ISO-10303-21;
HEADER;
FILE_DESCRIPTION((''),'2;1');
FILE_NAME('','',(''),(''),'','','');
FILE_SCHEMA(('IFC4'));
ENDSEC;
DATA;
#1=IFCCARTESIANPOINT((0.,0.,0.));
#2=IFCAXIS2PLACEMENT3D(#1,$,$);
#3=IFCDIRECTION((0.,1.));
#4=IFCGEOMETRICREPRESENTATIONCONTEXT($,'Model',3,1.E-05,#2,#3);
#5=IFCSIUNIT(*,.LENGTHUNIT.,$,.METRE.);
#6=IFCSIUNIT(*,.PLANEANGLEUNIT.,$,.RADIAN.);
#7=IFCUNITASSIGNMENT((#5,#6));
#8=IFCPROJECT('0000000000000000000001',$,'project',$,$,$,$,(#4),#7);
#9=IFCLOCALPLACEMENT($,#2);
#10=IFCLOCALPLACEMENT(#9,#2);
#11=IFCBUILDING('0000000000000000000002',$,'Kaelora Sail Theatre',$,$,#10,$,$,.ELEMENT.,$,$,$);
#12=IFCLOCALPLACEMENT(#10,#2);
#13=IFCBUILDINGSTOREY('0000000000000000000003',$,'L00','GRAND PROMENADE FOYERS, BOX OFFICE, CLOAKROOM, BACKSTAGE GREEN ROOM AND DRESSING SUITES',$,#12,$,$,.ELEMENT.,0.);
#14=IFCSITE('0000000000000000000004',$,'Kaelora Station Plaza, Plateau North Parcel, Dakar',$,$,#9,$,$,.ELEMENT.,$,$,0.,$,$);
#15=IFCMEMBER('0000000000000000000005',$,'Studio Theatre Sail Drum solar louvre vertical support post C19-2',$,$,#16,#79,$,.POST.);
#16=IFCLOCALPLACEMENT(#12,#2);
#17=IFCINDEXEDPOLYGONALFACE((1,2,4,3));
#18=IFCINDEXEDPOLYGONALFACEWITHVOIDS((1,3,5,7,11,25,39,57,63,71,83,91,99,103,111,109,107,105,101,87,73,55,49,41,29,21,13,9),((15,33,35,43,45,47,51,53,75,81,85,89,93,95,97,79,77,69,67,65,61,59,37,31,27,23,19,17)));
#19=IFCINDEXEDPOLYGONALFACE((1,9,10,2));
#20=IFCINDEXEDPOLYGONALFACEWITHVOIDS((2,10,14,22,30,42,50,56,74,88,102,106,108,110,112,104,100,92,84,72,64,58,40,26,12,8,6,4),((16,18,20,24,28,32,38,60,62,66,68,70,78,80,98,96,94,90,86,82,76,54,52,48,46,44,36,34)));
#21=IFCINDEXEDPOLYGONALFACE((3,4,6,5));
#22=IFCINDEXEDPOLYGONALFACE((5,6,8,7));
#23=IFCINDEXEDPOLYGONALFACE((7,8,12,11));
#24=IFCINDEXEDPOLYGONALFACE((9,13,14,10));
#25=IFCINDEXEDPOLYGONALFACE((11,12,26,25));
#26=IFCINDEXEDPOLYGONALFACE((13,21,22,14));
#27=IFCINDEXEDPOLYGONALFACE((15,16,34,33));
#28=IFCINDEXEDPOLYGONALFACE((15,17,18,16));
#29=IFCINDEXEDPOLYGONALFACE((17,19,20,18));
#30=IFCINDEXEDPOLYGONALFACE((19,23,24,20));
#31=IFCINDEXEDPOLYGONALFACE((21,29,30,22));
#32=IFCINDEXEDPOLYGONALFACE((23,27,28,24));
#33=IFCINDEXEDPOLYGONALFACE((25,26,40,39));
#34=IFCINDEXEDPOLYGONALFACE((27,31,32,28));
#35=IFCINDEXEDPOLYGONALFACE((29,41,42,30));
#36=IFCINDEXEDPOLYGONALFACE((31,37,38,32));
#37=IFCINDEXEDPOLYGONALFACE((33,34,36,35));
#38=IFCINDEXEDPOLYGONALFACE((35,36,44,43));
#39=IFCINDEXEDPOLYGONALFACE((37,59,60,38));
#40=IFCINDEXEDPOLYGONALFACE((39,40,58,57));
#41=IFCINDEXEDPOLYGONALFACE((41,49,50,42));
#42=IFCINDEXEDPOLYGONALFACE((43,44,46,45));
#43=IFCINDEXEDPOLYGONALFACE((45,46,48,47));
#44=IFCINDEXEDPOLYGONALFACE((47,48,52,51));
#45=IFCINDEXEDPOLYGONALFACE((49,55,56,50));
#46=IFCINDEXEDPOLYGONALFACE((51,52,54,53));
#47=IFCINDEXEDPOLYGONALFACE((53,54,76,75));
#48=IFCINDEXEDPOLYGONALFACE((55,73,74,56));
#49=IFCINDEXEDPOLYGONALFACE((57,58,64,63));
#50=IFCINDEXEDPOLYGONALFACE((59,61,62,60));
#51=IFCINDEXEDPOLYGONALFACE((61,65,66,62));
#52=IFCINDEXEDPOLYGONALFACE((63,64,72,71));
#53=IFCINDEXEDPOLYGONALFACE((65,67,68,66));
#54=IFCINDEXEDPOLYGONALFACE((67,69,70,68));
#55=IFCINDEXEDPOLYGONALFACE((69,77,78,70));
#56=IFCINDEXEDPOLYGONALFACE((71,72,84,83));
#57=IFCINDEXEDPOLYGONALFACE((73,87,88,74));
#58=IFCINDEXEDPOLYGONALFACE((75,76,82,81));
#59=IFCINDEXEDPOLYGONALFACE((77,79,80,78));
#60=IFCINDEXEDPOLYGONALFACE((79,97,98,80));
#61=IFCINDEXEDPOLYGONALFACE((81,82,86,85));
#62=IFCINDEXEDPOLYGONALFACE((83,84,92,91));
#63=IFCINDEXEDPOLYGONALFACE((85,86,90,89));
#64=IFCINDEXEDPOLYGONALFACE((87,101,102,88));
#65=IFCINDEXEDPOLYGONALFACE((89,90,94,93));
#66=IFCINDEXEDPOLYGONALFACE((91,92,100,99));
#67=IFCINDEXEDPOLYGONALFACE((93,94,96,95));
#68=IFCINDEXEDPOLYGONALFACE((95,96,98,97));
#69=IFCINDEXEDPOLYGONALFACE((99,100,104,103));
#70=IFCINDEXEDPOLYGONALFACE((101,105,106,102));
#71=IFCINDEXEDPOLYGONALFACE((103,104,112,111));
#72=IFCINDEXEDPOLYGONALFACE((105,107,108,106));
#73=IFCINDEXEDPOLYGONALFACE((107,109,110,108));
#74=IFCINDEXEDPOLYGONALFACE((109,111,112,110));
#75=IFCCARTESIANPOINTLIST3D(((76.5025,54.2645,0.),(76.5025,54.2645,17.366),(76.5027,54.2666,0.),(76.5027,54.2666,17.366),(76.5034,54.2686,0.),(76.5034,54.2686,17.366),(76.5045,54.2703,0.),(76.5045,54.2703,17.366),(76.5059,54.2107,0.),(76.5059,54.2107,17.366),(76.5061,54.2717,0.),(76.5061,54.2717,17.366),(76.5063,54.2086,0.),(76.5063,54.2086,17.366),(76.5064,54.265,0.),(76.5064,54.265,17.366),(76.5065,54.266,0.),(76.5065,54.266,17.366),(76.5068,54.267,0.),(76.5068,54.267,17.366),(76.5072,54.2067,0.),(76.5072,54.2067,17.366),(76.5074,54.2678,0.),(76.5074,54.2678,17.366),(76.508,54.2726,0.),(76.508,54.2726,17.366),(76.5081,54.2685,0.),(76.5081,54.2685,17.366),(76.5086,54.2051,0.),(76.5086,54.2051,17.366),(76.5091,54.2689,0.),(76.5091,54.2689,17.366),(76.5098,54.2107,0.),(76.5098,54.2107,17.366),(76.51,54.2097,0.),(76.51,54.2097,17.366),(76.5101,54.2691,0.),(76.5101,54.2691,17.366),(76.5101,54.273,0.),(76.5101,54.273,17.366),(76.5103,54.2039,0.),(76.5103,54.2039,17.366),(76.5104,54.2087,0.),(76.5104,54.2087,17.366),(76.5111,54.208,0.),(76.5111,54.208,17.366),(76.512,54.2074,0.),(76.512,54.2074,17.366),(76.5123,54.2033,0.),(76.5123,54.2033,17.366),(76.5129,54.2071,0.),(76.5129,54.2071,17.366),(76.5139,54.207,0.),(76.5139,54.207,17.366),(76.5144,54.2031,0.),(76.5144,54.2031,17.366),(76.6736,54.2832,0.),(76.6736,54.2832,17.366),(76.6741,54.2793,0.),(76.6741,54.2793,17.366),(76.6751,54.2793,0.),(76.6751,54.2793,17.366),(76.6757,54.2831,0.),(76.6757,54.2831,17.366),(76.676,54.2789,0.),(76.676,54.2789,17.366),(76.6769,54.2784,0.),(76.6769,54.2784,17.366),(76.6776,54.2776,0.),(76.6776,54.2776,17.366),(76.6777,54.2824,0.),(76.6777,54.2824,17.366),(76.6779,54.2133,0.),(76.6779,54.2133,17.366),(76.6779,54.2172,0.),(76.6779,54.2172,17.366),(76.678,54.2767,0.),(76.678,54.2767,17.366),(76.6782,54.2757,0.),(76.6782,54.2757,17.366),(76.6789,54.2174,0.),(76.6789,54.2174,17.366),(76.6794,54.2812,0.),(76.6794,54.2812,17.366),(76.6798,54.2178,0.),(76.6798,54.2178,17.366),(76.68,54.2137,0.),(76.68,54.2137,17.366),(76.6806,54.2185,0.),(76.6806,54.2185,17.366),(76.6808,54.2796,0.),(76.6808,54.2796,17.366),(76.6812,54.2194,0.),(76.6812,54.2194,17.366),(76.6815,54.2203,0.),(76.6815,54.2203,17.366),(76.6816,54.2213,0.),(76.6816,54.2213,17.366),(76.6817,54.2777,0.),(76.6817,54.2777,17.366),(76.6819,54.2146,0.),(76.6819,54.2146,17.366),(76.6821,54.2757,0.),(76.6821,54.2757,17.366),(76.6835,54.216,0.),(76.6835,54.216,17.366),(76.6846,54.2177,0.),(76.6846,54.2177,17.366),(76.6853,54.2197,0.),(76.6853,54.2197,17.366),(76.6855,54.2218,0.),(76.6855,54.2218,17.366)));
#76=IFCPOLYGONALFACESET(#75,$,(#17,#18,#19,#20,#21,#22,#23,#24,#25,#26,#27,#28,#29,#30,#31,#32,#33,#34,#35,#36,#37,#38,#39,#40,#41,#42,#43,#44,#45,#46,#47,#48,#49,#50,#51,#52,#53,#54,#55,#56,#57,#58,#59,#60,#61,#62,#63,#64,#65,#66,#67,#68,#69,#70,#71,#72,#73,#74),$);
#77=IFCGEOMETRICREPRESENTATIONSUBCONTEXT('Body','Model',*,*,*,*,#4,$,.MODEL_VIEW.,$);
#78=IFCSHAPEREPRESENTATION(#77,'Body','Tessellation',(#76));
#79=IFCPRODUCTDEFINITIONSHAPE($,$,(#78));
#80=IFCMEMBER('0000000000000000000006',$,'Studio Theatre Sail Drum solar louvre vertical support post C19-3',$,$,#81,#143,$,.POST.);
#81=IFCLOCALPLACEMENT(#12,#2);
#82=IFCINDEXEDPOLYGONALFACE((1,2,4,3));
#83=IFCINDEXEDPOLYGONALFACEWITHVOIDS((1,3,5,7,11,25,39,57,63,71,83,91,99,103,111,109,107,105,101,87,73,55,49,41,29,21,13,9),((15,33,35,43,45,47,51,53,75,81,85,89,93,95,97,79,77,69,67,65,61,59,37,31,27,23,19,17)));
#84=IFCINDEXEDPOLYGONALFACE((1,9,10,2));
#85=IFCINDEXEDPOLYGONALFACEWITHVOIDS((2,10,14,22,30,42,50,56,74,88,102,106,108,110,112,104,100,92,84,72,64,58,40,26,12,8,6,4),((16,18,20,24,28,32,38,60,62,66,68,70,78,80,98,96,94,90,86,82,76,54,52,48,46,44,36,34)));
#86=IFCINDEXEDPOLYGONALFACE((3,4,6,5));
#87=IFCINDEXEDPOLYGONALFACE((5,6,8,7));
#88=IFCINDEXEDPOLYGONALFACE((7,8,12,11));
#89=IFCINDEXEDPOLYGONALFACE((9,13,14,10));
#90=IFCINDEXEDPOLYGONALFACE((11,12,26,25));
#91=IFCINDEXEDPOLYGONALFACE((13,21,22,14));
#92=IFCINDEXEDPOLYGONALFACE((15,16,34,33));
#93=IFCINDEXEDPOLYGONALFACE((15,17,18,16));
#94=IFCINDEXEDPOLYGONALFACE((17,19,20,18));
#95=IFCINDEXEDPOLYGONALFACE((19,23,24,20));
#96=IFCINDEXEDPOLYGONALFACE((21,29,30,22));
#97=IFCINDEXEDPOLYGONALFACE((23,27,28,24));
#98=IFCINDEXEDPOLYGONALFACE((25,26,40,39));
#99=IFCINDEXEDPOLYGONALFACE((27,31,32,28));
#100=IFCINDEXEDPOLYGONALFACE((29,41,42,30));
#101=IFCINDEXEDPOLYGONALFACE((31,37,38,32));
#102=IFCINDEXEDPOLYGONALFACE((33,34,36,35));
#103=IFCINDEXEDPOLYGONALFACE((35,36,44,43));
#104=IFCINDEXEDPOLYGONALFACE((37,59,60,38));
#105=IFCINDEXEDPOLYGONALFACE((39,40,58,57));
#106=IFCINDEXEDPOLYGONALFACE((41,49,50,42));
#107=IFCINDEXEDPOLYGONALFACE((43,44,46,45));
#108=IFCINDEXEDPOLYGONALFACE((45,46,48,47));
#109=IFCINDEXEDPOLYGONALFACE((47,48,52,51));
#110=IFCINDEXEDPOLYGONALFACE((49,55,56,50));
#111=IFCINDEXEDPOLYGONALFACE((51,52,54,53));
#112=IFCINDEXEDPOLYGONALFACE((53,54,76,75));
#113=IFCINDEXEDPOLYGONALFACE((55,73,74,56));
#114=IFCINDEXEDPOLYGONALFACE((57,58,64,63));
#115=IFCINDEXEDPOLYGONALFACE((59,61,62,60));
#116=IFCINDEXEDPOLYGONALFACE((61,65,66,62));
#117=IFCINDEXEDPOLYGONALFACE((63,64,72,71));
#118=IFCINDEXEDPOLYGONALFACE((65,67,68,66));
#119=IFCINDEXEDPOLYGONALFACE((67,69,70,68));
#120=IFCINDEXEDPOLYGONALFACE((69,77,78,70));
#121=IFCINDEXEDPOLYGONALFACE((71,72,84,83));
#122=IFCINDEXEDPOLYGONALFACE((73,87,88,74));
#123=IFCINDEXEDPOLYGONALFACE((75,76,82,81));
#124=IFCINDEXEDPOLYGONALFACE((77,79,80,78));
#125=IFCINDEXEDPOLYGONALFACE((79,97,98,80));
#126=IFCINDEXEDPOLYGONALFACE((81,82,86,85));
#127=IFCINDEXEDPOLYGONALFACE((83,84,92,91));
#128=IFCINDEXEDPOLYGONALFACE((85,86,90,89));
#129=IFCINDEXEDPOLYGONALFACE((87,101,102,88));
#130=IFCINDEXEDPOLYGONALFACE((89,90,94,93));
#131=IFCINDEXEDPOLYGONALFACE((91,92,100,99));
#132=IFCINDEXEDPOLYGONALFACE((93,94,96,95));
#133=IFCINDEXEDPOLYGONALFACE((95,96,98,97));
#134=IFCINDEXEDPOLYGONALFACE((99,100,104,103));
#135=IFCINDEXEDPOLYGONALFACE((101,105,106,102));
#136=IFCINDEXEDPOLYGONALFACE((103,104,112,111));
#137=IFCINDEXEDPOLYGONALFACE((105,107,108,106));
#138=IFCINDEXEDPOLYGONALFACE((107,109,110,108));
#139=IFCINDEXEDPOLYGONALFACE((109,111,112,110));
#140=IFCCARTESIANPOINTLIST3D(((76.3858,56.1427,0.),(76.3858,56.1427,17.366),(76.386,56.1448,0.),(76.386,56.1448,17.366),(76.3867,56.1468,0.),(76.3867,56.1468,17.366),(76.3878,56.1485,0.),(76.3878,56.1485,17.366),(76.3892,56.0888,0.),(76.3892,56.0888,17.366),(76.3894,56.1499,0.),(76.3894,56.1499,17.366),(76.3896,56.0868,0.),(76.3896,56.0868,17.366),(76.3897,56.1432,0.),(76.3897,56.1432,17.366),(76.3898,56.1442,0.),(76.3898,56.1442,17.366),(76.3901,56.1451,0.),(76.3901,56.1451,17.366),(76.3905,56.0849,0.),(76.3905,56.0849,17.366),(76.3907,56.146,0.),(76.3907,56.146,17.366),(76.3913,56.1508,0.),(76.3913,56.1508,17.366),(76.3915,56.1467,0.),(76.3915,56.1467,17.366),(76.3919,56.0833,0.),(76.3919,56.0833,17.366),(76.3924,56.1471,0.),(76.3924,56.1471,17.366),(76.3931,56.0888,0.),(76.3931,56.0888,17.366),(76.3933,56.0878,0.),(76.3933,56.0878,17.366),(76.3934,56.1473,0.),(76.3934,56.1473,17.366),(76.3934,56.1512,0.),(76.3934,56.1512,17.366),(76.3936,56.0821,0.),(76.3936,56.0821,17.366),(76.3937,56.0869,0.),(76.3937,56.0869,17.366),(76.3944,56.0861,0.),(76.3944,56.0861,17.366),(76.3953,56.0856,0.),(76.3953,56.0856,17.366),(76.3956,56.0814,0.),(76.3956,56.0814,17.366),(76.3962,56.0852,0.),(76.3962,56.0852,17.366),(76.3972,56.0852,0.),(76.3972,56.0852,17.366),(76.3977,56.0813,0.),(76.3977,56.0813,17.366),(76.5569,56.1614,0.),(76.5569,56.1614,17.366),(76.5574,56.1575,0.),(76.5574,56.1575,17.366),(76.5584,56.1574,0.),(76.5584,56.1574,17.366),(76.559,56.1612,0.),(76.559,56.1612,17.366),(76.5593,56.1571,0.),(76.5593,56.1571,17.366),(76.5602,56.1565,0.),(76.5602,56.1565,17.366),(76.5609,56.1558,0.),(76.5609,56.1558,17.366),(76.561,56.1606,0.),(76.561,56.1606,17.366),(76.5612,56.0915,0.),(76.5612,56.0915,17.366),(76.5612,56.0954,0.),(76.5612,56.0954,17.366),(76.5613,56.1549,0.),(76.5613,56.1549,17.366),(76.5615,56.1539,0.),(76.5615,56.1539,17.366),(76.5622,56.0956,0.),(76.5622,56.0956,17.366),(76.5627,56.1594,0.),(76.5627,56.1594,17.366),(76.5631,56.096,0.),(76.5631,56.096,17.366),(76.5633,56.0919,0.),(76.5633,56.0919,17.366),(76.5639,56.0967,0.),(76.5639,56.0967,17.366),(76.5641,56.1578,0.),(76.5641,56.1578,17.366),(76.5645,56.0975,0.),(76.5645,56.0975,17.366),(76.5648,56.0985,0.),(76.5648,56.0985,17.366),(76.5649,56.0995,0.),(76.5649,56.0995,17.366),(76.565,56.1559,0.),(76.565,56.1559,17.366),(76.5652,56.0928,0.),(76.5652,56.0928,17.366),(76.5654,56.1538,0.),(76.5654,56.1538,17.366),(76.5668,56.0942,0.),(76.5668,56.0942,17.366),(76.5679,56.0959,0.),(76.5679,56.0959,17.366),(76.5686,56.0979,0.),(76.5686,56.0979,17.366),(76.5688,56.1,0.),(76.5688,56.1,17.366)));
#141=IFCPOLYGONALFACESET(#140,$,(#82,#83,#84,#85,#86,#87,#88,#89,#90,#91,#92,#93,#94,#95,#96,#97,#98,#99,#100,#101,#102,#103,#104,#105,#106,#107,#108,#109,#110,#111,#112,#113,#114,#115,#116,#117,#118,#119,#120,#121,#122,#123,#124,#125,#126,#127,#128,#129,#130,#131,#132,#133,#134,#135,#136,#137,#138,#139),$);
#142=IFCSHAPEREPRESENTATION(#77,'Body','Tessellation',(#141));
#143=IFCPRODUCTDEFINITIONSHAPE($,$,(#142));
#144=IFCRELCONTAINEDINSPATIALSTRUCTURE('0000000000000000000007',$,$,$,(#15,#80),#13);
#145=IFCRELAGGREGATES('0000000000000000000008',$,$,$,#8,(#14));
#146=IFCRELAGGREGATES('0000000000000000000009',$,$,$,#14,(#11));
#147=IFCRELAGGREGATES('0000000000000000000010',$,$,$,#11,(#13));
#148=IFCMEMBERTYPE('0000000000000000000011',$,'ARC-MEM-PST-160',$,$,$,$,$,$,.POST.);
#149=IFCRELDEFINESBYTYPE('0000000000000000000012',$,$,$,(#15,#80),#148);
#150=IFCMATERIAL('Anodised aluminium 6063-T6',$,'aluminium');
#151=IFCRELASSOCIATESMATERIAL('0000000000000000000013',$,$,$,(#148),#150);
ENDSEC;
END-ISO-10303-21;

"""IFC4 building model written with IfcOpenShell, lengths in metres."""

from ifc_helpers import new_model, si_unit, direction, frame, origin, origin_2d, place, context, subcontext, project, spatial, hollow_rectangle, extrude, material, material_profile, profile_set, type_object, element, save


model = new_model("IFC4")

# Units and contexts
model_context = context("Model", 3, precision=1e-05, world=origin(), true_north=direction((0.0, 1.0)))
body_context = subcontext(model_context, "Body", "Model", "MODEL_VIEW")
ifc_project = project(units=[si_unit("LENGTHUNIT", "METRE"), si_unit("PLANEANGLEUNIT", "RADIAN")], contexts=[model_context])

# Site, building, storey
site_placement = place(None, origin())
site = spatial("IfcSite", under=ifc_project, at=site_placement, Name="Kaelora Station Plaza, Plateau North Parcel, Dakar", CompositionType="ELEMENT", RefElevation=0.0)
building_placement = place(site_placement, origin())
building = spatial("IfcBuilding", under=site, at=building_placement, Name="Kaelora Sail Theatre", CompositionType="ELEMENT")
storey_placement = place(building_placement, origin())
storey = spatial("IfcBuildingStorey", under=building, at=storey_placement, Name="L00", Description="GRAND PROMENADE FOYERS, BOX OFFICE, CLOAKROOM, BACKSTAGE GREEN ROOM AND DRESSING SUITES", CompositionType="ELEMENT", Elevation=0.0)

# Members
ifc_material_1 = material(Name="Anodised aluminium 6063-T6", Category="aluminium")
ifc_material_profile_1 = material_profile(ifc_material_1, hollow_rectangle(XDim=0.0701, YDim=0.1799, WallThickness=0.0039, InnerFilletRadius=0.0039, OuterFilletRadius=0.0081, at=origin_2d()), Name="ALU-MULL 70x180x4")
ifc_profile_set_1 = profile_set([ifc_material_profile_1], Name="Anodised aluminium 6063-T6")
member_type_1 = type_object("IfcMemberType", Name="ARC-MEM-PST-160", PredefinedType="POST", material=ifc_profile_set_1)
for number, where, z_axis, x_axis, name in (
    (1, (76.594, 54.2432, 0.0), (0.0, 0.0, 1.0), (-0.062094, 0.99807, 0.0), "Studio Theatre Sail Drum solar louvre vertical support post C19-2"),
    (2, (76.4773, 56.1213, 0.0), (0.0, 0.0, 1.0), (-0.062094, 0.99807, 0.0), "Studio Theatre Sail Drum solar louvre vertical support post C19-3"),
):
    element("IfcMember", number, at=place(storey_placement, frame(where, z_axis=z_axis, x_axis=x_axis)), inside=storey, type_object=member_type_1, Name=name, PredefinedType="POST", context=body_context, shape_type="SweptSolid", body=[
        extrude(hollow_rectangle(XDim=0.0701, YDim=0.1799, WallThickness=0.0039, InnerFilletRadius=0.0039, OuterFilletRadius=0.0081, at=origin_2d()), origin(), (0.0, 0.0, 1.0), 17.366),
    ])

save(model, "model.ifc")
